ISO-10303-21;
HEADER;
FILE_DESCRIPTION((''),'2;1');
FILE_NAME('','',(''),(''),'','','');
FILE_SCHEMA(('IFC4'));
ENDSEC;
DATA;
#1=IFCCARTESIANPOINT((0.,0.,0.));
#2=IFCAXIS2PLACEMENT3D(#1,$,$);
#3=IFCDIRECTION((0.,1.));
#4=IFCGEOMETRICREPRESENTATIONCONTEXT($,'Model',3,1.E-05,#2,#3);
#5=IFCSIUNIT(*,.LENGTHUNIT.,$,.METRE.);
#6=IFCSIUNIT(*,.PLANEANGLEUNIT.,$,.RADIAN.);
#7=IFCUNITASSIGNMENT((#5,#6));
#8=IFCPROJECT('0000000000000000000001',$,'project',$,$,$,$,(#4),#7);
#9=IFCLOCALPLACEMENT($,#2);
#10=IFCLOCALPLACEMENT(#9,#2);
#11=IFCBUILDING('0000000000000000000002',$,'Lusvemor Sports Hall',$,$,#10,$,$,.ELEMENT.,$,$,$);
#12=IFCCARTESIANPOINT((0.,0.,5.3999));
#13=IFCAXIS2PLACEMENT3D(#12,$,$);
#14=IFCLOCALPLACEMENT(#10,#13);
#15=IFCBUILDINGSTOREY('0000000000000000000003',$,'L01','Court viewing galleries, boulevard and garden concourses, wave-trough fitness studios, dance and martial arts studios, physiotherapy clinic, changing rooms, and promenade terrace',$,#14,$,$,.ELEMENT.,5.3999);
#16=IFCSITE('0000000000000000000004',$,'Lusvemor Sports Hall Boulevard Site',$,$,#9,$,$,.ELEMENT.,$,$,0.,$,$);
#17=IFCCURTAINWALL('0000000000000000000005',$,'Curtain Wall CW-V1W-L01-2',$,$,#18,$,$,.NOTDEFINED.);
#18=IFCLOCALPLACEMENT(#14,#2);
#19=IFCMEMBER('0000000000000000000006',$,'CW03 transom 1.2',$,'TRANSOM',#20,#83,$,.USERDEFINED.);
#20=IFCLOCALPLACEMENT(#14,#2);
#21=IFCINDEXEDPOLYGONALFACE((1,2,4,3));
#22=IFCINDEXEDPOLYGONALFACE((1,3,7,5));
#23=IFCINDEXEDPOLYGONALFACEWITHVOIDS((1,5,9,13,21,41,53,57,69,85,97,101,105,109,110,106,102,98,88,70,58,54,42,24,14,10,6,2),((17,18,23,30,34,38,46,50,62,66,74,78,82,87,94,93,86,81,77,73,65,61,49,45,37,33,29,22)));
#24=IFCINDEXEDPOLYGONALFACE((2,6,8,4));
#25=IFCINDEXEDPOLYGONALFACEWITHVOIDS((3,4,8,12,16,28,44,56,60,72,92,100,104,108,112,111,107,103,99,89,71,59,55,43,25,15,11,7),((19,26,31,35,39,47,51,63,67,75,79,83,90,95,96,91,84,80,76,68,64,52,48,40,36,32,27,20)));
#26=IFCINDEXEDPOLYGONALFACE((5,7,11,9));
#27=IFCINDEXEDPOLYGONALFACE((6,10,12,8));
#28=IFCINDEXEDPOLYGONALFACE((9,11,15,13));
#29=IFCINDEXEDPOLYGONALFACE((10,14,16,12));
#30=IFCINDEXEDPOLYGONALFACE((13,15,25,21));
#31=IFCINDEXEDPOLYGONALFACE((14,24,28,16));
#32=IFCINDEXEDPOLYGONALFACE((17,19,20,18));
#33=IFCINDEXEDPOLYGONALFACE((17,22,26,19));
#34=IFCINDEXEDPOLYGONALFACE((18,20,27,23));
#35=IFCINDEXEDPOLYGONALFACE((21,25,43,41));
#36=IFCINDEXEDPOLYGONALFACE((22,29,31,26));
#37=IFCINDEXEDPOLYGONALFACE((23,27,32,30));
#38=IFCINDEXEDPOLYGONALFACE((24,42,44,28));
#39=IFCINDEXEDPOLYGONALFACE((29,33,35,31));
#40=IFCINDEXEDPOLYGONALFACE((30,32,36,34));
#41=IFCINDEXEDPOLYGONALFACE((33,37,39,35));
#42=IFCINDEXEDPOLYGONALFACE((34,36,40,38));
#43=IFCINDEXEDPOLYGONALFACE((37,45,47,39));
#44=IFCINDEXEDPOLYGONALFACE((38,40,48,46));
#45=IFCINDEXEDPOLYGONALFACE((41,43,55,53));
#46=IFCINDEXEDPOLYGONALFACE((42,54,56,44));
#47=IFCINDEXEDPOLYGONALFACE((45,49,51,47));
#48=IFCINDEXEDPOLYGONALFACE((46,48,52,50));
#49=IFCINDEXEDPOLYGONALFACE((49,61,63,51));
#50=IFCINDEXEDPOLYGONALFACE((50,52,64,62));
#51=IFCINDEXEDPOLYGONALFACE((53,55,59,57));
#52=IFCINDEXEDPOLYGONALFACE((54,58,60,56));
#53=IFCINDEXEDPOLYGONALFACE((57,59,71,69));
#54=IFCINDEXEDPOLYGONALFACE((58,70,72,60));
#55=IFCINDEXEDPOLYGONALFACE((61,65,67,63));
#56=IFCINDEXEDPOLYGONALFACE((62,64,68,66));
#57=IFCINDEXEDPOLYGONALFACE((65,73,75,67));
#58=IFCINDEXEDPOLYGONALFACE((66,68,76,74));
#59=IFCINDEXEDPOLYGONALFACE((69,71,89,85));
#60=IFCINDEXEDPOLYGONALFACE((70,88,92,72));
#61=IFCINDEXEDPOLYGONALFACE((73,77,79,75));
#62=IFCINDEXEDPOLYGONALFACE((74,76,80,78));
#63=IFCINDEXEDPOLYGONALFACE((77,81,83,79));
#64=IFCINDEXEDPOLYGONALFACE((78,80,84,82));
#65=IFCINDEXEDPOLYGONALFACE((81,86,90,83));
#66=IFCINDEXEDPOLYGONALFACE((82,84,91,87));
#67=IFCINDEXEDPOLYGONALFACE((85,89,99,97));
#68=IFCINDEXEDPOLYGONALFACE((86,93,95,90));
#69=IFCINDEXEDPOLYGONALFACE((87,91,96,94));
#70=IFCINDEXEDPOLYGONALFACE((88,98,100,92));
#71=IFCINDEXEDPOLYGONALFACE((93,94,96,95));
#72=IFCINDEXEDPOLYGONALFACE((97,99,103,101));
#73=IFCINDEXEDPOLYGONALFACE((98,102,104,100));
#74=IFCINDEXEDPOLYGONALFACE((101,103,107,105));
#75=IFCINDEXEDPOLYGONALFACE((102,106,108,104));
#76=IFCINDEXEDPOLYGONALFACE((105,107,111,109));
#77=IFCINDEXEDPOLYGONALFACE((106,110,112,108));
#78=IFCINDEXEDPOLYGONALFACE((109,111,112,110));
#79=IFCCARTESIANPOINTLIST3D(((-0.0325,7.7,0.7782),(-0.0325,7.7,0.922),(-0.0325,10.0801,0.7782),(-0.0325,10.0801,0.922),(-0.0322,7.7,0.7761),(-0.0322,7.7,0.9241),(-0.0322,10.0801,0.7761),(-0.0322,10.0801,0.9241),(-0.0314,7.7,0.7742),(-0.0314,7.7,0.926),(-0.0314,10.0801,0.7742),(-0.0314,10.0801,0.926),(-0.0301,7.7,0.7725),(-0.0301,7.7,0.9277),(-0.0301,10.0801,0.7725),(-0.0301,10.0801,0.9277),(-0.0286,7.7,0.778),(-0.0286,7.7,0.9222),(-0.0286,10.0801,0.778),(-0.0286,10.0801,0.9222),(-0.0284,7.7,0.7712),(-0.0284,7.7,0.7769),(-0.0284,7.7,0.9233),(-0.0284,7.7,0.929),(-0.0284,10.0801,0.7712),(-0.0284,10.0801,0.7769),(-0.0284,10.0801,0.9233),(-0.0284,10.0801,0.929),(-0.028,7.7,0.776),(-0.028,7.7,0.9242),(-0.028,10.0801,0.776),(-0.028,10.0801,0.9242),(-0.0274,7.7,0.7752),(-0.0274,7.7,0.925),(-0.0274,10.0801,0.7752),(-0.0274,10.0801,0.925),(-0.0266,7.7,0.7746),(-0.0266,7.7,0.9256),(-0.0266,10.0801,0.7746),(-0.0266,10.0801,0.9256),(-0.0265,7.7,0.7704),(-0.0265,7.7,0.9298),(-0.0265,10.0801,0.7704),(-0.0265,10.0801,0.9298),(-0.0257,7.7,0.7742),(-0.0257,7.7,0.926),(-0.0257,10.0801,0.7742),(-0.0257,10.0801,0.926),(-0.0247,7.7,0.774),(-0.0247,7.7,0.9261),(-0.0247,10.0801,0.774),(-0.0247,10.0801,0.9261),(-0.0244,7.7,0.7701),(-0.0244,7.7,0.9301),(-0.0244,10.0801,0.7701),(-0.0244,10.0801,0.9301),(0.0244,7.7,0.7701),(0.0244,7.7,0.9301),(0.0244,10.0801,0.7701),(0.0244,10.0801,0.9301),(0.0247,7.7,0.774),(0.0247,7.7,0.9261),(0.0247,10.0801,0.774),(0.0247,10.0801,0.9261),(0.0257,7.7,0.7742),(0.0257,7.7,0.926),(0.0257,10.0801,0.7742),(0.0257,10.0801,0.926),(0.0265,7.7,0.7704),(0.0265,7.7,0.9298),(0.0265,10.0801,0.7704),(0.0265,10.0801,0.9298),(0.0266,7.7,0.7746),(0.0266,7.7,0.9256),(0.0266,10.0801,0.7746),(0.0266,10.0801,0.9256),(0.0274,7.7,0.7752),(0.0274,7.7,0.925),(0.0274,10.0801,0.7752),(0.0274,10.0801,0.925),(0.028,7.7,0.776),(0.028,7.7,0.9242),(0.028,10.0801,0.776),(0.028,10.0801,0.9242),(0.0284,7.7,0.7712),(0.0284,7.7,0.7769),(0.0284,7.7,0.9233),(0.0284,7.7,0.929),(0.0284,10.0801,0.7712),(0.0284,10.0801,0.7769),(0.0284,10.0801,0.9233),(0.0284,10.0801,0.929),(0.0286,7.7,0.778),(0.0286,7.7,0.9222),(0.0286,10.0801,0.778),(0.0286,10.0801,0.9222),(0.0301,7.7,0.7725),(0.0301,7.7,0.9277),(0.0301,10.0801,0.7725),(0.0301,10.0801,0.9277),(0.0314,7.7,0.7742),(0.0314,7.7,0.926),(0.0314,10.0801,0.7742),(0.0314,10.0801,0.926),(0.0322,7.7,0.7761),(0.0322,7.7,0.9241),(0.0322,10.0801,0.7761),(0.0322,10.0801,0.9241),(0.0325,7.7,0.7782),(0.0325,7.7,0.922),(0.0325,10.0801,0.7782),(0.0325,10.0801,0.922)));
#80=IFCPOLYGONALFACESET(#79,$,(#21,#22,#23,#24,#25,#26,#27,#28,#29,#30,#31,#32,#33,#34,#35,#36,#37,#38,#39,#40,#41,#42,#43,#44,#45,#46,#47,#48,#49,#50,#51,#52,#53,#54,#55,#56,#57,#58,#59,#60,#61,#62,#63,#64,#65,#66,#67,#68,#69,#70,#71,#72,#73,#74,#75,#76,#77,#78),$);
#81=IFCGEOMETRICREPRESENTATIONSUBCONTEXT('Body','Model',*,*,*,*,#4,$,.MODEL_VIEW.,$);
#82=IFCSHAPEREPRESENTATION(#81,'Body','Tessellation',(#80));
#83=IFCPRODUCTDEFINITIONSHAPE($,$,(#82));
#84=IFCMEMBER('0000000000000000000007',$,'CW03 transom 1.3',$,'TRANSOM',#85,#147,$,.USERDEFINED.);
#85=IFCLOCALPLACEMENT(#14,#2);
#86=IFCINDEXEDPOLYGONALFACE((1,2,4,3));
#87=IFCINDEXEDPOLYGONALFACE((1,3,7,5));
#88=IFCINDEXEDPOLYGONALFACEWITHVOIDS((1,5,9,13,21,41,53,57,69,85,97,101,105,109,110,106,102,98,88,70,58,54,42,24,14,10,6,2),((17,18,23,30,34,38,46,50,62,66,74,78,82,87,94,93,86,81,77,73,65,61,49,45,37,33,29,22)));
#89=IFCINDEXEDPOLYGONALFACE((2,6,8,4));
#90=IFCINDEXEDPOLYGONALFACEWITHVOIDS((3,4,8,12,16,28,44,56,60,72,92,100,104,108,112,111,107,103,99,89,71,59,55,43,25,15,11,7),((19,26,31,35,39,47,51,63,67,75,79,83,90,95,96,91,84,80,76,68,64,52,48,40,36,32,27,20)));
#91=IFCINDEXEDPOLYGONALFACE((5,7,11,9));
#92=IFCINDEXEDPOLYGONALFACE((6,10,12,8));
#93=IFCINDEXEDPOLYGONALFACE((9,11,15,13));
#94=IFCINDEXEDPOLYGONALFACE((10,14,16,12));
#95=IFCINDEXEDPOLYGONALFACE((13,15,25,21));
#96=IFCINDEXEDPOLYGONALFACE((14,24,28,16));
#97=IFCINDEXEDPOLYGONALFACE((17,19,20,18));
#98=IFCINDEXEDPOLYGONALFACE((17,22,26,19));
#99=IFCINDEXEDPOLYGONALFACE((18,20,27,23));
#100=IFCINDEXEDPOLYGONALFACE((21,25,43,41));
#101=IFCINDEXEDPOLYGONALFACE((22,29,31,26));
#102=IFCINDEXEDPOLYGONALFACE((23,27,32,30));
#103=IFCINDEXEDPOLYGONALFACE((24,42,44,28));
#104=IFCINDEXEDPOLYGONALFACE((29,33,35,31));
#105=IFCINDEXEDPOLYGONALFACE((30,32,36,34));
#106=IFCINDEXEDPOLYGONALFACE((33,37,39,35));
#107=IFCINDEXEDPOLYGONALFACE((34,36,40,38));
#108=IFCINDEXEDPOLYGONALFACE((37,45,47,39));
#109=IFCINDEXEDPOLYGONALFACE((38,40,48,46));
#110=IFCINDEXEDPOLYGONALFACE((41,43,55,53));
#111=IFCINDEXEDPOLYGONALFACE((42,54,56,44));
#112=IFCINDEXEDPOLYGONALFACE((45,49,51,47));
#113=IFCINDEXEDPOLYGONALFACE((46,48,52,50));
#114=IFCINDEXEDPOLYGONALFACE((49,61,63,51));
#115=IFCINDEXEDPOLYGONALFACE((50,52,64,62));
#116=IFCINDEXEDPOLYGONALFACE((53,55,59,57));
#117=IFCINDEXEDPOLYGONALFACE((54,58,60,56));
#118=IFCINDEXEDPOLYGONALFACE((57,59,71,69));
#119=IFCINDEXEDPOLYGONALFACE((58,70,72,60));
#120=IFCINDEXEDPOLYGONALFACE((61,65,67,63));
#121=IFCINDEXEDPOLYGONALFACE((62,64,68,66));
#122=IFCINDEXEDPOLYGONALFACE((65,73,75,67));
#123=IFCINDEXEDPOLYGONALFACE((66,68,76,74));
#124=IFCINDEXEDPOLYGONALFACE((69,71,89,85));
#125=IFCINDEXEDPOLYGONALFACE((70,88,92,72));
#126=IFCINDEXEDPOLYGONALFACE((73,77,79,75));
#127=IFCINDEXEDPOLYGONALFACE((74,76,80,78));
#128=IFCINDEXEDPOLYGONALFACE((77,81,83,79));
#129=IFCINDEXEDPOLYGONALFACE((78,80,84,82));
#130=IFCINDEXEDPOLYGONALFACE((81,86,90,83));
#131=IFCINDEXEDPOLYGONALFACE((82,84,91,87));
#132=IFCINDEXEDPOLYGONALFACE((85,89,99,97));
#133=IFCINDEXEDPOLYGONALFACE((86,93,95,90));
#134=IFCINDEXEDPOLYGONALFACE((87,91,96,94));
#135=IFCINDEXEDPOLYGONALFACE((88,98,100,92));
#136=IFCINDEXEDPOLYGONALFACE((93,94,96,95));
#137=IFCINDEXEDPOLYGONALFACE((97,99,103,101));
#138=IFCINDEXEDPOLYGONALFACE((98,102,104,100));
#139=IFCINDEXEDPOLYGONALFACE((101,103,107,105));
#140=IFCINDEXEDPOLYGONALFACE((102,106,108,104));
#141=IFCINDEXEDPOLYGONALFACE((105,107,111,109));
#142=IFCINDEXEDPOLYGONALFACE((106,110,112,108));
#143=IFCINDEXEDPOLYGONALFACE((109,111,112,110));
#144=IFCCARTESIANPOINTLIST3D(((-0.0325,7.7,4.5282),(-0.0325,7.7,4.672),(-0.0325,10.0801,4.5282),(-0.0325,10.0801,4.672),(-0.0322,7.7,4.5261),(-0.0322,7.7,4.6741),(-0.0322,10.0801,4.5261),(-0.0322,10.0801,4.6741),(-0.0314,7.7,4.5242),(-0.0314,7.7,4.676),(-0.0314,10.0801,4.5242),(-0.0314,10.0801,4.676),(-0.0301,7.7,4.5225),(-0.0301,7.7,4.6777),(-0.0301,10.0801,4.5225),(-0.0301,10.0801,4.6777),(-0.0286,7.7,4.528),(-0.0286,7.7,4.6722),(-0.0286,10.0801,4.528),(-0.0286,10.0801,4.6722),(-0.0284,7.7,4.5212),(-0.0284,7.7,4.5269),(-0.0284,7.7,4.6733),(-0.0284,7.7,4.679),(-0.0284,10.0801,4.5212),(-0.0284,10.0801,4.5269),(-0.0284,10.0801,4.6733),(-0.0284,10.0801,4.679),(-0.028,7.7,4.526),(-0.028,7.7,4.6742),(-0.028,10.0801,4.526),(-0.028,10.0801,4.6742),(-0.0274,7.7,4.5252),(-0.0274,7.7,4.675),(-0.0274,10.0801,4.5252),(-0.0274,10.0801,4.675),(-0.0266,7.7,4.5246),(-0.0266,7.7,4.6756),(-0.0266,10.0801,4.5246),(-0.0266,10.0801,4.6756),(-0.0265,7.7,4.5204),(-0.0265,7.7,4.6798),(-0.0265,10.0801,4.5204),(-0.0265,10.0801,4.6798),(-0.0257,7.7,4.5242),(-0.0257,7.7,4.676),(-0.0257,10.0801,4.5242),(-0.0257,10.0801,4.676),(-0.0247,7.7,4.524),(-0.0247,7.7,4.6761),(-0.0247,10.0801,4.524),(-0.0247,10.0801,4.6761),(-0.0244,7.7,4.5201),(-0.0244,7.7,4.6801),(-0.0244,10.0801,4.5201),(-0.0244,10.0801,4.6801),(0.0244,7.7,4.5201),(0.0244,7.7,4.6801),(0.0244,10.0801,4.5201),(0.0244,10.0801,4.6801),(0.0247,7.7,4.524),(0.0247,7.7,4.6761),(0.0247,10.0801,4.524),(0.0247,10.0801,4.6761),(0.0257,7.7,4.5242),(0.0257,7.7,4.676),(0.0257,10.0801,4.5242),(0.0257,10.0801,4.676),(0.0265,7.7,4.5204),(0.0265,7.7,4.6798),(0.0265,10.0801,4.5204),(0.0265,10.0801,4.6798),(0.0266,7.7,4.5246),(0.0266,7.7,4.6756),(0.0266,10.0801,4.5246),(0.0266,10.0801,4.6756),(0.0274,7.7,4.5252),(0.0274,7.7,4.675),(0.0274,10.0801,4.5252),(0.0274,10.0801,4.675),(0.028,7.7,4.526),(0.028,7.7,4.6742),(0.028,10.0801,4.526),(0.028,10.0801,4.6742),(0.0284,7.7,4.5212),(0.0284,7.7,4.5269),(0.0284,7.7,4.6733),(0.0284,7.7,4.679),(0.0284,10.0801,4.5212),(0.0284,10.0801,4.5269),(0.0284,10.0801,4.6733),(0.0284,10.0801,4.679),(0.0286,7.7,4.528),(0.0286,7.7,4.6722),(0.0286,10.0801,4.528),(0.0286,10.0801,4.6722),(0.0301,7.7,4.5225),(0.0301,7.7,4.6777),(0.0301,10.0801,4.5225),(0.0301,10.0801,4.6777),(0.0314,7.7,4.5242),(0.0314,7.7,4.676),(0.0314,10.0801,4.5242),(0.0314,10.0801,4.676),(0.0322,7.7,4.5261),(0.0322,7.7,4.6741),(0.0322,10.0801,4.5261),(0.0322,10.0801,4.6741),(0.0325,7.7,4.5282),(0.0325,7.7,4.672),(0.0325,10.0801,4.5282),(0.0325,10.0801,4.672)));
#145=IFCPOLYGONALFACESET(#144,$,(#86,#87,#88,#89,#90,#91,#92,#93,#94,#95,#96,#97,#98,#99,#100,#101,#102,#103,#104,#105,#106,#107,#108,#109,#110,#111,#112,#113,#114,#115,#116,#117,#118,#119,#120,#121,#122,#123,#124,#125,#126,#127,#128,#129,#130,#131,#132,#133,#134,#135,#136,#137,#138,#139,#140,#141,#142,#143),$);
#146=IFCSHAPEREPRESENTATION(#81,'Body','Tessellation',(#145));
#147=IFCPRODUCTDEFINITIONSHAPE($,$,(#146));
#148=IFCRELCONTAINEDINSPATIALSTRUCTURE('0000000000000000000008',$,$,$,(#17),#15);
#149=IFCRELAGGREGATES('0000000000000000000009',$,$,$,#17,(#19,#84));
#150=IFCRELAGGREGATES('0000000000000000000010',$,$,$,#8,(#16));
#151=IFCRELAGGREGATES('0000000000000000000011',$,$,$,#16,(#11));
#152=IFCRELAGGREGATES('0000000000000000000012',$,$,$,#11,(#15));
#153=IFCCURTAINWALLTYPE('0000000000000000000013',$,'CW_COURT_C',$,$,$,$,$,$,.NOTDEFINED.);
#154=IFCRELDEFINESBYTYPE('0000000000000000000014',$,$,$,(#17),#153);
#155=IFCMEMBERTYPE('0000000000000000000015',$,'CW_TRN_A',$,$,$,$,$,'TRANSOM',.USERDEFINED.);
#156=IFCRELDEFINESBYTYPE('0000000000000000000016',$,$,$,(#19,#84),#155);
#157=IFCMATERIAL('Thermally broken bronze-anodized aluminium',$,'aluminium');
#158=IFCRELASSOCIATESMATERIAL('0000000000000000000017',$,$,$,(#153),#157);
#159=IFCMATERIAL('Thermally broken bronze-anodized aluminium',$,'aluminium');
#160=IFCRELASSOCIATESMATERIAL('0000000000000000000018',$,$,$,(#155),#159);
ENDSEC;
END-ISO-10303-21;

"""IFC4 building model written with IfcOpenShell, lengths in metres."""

from ifc_helpers import new_model, si_unit, direction, frame, origin, origin_2d, place, context, subcontext, project, spatial, hollow_rectangle, extrude, material, material_profile, profile_set, type_object, element, aggregate, save


model = new_model("IFC4")

# Units and contexts
model_context = context("Model", 3, precision=1e-05, world=origin(), true_north=direction((0.0, 1.0)))
body_context = subcontext(model_context, "Body", "Model", "MODEL_VIEW")
ifc_project = project(units=[si_unit("LENGTHUNIT", "METRE"), si_unit("PLANEANGLEUNIT", "RADIAN")], contexts=[model_context])

# Site, building, storey
site_placement = place(None, origin())
site = spatial("IfcSite", under=ifc_project, at=site_placement, Name="Lusvemor Sports Hall Boulevard Site", CompositionType="ELEMENT", RefElevation=0.0)
building_placement = place(site_placement, origin())
building = spatial("IfcBuilding", under=site, at=building_placement, Name="Lusvemor Sports Hall", CompositionType="ELEMENT")
storey_placement = place(building_placement, frame((0.0, 0.0, 5.3999)))
storey = spatial("IfcBuildingStorey", under=building, at=storey_placement, Name="L01", Description="Court viewing galleries, boulevard and garden concourses, wave-trough fitness studios, dance and martial arts studios, physiotherapy clinic, changing rooms, and promenade terrace", CompositionType="ELEMENT", Elevation=5.3999)

# Curtain wall, members
ifc_material_1 = material(Name="Thermally broken bronze-anodized aluminium", Category="aluminium")
curtain_wall_type = type_object("IfcCurtainWallType", Name="CW_COURT_C", PredefinedType="NOTDEFINED", material=ifc_material_1)
curtain_wall_placement = place(storey_placement, origin())
curtain_wall = element("IfcCurtainWall", 1, at=curtain_wall_placement, inside=storey, type_object=curtain_wall_type, Name="Curtain Wall CW-V1W-L01-2", PredefinedType="NOTDEFINED")
ifc_material_2 = material(Name="Thermally broken bronze-anodized aluminium", Category="aluminium")
ifc_material_profile_1 = material_profile(ifc_material_2, hollow_rectangle(XDim=0.0649, YDim=0.1599, WallThickness=0.0039, InnerFilletRadius=0.0039, OuterFilletRadius=0.0081, at=origin_2d()), Name="CWTRN160x65x4")
ifc_profile_set_1 = profile_set([ifc_material_profile_1], Name="Thermally broken bronze-anodized aluminium")
member_type_1 = type_object("IfcMemberType", Name="CW_TRN_A", ElementType="TRANSOM", PredefinedType="USERDEFINED", material=ifc_profile_set_1)
member_1_placement = place(storey_placement, frame((0.0, 7.7, 0.8501), z_axis=(0.0, 1.0, 0.0), x_axis=(-1.0, 0.0, 0.0)))
member_1 = element("IfcMember", 2, at=member_1_placement, type_object=member_type_1, Name="CW03 transom 1.2", ObjectType="TRANSOM", PredefinedType="USERDEFINED", context=body_context, shape_type="SweptSolid", body=[
    extrude(hollow_rectangle(XDim=0.0649, YDim=0.1599, WallThickness=0.0039, InnerFilletRadius=0.0039, OuterFilletRadius=0.0081, at=origin_2d()), origin(), (0.0, 0.0, 1.0), 2.3801),
])
member_2_placement = place(storey_placement, frame((0.0, 7.7, 4.6001), z_axis=(0.0, 1.0, 0.0), x_axis=(-1.0, 0.0, 0.0)))
member_2 = element("IfcMember", 3, at=member_2_placement, type_object=member_type_1, Name="CW03 transom 1.3", ObjectType="TRANSOM", PredefinedType="USERDEFINED", context=body_context, shape_type="SweptSolid", body=[
    extrude(hollow_rectangle(XDim=0.0649, YDim=0.1599, WallThickness=0.0039, InnerFilletRadius=0.0039, OuterFilletRadius=0.0081, at=origin_2d()), origin(), (0.0, 0.0, 1.0), 2.3801),
])
aggregate(curtain_wall, [member_1, member_2])

save(model, "model.ifc")
